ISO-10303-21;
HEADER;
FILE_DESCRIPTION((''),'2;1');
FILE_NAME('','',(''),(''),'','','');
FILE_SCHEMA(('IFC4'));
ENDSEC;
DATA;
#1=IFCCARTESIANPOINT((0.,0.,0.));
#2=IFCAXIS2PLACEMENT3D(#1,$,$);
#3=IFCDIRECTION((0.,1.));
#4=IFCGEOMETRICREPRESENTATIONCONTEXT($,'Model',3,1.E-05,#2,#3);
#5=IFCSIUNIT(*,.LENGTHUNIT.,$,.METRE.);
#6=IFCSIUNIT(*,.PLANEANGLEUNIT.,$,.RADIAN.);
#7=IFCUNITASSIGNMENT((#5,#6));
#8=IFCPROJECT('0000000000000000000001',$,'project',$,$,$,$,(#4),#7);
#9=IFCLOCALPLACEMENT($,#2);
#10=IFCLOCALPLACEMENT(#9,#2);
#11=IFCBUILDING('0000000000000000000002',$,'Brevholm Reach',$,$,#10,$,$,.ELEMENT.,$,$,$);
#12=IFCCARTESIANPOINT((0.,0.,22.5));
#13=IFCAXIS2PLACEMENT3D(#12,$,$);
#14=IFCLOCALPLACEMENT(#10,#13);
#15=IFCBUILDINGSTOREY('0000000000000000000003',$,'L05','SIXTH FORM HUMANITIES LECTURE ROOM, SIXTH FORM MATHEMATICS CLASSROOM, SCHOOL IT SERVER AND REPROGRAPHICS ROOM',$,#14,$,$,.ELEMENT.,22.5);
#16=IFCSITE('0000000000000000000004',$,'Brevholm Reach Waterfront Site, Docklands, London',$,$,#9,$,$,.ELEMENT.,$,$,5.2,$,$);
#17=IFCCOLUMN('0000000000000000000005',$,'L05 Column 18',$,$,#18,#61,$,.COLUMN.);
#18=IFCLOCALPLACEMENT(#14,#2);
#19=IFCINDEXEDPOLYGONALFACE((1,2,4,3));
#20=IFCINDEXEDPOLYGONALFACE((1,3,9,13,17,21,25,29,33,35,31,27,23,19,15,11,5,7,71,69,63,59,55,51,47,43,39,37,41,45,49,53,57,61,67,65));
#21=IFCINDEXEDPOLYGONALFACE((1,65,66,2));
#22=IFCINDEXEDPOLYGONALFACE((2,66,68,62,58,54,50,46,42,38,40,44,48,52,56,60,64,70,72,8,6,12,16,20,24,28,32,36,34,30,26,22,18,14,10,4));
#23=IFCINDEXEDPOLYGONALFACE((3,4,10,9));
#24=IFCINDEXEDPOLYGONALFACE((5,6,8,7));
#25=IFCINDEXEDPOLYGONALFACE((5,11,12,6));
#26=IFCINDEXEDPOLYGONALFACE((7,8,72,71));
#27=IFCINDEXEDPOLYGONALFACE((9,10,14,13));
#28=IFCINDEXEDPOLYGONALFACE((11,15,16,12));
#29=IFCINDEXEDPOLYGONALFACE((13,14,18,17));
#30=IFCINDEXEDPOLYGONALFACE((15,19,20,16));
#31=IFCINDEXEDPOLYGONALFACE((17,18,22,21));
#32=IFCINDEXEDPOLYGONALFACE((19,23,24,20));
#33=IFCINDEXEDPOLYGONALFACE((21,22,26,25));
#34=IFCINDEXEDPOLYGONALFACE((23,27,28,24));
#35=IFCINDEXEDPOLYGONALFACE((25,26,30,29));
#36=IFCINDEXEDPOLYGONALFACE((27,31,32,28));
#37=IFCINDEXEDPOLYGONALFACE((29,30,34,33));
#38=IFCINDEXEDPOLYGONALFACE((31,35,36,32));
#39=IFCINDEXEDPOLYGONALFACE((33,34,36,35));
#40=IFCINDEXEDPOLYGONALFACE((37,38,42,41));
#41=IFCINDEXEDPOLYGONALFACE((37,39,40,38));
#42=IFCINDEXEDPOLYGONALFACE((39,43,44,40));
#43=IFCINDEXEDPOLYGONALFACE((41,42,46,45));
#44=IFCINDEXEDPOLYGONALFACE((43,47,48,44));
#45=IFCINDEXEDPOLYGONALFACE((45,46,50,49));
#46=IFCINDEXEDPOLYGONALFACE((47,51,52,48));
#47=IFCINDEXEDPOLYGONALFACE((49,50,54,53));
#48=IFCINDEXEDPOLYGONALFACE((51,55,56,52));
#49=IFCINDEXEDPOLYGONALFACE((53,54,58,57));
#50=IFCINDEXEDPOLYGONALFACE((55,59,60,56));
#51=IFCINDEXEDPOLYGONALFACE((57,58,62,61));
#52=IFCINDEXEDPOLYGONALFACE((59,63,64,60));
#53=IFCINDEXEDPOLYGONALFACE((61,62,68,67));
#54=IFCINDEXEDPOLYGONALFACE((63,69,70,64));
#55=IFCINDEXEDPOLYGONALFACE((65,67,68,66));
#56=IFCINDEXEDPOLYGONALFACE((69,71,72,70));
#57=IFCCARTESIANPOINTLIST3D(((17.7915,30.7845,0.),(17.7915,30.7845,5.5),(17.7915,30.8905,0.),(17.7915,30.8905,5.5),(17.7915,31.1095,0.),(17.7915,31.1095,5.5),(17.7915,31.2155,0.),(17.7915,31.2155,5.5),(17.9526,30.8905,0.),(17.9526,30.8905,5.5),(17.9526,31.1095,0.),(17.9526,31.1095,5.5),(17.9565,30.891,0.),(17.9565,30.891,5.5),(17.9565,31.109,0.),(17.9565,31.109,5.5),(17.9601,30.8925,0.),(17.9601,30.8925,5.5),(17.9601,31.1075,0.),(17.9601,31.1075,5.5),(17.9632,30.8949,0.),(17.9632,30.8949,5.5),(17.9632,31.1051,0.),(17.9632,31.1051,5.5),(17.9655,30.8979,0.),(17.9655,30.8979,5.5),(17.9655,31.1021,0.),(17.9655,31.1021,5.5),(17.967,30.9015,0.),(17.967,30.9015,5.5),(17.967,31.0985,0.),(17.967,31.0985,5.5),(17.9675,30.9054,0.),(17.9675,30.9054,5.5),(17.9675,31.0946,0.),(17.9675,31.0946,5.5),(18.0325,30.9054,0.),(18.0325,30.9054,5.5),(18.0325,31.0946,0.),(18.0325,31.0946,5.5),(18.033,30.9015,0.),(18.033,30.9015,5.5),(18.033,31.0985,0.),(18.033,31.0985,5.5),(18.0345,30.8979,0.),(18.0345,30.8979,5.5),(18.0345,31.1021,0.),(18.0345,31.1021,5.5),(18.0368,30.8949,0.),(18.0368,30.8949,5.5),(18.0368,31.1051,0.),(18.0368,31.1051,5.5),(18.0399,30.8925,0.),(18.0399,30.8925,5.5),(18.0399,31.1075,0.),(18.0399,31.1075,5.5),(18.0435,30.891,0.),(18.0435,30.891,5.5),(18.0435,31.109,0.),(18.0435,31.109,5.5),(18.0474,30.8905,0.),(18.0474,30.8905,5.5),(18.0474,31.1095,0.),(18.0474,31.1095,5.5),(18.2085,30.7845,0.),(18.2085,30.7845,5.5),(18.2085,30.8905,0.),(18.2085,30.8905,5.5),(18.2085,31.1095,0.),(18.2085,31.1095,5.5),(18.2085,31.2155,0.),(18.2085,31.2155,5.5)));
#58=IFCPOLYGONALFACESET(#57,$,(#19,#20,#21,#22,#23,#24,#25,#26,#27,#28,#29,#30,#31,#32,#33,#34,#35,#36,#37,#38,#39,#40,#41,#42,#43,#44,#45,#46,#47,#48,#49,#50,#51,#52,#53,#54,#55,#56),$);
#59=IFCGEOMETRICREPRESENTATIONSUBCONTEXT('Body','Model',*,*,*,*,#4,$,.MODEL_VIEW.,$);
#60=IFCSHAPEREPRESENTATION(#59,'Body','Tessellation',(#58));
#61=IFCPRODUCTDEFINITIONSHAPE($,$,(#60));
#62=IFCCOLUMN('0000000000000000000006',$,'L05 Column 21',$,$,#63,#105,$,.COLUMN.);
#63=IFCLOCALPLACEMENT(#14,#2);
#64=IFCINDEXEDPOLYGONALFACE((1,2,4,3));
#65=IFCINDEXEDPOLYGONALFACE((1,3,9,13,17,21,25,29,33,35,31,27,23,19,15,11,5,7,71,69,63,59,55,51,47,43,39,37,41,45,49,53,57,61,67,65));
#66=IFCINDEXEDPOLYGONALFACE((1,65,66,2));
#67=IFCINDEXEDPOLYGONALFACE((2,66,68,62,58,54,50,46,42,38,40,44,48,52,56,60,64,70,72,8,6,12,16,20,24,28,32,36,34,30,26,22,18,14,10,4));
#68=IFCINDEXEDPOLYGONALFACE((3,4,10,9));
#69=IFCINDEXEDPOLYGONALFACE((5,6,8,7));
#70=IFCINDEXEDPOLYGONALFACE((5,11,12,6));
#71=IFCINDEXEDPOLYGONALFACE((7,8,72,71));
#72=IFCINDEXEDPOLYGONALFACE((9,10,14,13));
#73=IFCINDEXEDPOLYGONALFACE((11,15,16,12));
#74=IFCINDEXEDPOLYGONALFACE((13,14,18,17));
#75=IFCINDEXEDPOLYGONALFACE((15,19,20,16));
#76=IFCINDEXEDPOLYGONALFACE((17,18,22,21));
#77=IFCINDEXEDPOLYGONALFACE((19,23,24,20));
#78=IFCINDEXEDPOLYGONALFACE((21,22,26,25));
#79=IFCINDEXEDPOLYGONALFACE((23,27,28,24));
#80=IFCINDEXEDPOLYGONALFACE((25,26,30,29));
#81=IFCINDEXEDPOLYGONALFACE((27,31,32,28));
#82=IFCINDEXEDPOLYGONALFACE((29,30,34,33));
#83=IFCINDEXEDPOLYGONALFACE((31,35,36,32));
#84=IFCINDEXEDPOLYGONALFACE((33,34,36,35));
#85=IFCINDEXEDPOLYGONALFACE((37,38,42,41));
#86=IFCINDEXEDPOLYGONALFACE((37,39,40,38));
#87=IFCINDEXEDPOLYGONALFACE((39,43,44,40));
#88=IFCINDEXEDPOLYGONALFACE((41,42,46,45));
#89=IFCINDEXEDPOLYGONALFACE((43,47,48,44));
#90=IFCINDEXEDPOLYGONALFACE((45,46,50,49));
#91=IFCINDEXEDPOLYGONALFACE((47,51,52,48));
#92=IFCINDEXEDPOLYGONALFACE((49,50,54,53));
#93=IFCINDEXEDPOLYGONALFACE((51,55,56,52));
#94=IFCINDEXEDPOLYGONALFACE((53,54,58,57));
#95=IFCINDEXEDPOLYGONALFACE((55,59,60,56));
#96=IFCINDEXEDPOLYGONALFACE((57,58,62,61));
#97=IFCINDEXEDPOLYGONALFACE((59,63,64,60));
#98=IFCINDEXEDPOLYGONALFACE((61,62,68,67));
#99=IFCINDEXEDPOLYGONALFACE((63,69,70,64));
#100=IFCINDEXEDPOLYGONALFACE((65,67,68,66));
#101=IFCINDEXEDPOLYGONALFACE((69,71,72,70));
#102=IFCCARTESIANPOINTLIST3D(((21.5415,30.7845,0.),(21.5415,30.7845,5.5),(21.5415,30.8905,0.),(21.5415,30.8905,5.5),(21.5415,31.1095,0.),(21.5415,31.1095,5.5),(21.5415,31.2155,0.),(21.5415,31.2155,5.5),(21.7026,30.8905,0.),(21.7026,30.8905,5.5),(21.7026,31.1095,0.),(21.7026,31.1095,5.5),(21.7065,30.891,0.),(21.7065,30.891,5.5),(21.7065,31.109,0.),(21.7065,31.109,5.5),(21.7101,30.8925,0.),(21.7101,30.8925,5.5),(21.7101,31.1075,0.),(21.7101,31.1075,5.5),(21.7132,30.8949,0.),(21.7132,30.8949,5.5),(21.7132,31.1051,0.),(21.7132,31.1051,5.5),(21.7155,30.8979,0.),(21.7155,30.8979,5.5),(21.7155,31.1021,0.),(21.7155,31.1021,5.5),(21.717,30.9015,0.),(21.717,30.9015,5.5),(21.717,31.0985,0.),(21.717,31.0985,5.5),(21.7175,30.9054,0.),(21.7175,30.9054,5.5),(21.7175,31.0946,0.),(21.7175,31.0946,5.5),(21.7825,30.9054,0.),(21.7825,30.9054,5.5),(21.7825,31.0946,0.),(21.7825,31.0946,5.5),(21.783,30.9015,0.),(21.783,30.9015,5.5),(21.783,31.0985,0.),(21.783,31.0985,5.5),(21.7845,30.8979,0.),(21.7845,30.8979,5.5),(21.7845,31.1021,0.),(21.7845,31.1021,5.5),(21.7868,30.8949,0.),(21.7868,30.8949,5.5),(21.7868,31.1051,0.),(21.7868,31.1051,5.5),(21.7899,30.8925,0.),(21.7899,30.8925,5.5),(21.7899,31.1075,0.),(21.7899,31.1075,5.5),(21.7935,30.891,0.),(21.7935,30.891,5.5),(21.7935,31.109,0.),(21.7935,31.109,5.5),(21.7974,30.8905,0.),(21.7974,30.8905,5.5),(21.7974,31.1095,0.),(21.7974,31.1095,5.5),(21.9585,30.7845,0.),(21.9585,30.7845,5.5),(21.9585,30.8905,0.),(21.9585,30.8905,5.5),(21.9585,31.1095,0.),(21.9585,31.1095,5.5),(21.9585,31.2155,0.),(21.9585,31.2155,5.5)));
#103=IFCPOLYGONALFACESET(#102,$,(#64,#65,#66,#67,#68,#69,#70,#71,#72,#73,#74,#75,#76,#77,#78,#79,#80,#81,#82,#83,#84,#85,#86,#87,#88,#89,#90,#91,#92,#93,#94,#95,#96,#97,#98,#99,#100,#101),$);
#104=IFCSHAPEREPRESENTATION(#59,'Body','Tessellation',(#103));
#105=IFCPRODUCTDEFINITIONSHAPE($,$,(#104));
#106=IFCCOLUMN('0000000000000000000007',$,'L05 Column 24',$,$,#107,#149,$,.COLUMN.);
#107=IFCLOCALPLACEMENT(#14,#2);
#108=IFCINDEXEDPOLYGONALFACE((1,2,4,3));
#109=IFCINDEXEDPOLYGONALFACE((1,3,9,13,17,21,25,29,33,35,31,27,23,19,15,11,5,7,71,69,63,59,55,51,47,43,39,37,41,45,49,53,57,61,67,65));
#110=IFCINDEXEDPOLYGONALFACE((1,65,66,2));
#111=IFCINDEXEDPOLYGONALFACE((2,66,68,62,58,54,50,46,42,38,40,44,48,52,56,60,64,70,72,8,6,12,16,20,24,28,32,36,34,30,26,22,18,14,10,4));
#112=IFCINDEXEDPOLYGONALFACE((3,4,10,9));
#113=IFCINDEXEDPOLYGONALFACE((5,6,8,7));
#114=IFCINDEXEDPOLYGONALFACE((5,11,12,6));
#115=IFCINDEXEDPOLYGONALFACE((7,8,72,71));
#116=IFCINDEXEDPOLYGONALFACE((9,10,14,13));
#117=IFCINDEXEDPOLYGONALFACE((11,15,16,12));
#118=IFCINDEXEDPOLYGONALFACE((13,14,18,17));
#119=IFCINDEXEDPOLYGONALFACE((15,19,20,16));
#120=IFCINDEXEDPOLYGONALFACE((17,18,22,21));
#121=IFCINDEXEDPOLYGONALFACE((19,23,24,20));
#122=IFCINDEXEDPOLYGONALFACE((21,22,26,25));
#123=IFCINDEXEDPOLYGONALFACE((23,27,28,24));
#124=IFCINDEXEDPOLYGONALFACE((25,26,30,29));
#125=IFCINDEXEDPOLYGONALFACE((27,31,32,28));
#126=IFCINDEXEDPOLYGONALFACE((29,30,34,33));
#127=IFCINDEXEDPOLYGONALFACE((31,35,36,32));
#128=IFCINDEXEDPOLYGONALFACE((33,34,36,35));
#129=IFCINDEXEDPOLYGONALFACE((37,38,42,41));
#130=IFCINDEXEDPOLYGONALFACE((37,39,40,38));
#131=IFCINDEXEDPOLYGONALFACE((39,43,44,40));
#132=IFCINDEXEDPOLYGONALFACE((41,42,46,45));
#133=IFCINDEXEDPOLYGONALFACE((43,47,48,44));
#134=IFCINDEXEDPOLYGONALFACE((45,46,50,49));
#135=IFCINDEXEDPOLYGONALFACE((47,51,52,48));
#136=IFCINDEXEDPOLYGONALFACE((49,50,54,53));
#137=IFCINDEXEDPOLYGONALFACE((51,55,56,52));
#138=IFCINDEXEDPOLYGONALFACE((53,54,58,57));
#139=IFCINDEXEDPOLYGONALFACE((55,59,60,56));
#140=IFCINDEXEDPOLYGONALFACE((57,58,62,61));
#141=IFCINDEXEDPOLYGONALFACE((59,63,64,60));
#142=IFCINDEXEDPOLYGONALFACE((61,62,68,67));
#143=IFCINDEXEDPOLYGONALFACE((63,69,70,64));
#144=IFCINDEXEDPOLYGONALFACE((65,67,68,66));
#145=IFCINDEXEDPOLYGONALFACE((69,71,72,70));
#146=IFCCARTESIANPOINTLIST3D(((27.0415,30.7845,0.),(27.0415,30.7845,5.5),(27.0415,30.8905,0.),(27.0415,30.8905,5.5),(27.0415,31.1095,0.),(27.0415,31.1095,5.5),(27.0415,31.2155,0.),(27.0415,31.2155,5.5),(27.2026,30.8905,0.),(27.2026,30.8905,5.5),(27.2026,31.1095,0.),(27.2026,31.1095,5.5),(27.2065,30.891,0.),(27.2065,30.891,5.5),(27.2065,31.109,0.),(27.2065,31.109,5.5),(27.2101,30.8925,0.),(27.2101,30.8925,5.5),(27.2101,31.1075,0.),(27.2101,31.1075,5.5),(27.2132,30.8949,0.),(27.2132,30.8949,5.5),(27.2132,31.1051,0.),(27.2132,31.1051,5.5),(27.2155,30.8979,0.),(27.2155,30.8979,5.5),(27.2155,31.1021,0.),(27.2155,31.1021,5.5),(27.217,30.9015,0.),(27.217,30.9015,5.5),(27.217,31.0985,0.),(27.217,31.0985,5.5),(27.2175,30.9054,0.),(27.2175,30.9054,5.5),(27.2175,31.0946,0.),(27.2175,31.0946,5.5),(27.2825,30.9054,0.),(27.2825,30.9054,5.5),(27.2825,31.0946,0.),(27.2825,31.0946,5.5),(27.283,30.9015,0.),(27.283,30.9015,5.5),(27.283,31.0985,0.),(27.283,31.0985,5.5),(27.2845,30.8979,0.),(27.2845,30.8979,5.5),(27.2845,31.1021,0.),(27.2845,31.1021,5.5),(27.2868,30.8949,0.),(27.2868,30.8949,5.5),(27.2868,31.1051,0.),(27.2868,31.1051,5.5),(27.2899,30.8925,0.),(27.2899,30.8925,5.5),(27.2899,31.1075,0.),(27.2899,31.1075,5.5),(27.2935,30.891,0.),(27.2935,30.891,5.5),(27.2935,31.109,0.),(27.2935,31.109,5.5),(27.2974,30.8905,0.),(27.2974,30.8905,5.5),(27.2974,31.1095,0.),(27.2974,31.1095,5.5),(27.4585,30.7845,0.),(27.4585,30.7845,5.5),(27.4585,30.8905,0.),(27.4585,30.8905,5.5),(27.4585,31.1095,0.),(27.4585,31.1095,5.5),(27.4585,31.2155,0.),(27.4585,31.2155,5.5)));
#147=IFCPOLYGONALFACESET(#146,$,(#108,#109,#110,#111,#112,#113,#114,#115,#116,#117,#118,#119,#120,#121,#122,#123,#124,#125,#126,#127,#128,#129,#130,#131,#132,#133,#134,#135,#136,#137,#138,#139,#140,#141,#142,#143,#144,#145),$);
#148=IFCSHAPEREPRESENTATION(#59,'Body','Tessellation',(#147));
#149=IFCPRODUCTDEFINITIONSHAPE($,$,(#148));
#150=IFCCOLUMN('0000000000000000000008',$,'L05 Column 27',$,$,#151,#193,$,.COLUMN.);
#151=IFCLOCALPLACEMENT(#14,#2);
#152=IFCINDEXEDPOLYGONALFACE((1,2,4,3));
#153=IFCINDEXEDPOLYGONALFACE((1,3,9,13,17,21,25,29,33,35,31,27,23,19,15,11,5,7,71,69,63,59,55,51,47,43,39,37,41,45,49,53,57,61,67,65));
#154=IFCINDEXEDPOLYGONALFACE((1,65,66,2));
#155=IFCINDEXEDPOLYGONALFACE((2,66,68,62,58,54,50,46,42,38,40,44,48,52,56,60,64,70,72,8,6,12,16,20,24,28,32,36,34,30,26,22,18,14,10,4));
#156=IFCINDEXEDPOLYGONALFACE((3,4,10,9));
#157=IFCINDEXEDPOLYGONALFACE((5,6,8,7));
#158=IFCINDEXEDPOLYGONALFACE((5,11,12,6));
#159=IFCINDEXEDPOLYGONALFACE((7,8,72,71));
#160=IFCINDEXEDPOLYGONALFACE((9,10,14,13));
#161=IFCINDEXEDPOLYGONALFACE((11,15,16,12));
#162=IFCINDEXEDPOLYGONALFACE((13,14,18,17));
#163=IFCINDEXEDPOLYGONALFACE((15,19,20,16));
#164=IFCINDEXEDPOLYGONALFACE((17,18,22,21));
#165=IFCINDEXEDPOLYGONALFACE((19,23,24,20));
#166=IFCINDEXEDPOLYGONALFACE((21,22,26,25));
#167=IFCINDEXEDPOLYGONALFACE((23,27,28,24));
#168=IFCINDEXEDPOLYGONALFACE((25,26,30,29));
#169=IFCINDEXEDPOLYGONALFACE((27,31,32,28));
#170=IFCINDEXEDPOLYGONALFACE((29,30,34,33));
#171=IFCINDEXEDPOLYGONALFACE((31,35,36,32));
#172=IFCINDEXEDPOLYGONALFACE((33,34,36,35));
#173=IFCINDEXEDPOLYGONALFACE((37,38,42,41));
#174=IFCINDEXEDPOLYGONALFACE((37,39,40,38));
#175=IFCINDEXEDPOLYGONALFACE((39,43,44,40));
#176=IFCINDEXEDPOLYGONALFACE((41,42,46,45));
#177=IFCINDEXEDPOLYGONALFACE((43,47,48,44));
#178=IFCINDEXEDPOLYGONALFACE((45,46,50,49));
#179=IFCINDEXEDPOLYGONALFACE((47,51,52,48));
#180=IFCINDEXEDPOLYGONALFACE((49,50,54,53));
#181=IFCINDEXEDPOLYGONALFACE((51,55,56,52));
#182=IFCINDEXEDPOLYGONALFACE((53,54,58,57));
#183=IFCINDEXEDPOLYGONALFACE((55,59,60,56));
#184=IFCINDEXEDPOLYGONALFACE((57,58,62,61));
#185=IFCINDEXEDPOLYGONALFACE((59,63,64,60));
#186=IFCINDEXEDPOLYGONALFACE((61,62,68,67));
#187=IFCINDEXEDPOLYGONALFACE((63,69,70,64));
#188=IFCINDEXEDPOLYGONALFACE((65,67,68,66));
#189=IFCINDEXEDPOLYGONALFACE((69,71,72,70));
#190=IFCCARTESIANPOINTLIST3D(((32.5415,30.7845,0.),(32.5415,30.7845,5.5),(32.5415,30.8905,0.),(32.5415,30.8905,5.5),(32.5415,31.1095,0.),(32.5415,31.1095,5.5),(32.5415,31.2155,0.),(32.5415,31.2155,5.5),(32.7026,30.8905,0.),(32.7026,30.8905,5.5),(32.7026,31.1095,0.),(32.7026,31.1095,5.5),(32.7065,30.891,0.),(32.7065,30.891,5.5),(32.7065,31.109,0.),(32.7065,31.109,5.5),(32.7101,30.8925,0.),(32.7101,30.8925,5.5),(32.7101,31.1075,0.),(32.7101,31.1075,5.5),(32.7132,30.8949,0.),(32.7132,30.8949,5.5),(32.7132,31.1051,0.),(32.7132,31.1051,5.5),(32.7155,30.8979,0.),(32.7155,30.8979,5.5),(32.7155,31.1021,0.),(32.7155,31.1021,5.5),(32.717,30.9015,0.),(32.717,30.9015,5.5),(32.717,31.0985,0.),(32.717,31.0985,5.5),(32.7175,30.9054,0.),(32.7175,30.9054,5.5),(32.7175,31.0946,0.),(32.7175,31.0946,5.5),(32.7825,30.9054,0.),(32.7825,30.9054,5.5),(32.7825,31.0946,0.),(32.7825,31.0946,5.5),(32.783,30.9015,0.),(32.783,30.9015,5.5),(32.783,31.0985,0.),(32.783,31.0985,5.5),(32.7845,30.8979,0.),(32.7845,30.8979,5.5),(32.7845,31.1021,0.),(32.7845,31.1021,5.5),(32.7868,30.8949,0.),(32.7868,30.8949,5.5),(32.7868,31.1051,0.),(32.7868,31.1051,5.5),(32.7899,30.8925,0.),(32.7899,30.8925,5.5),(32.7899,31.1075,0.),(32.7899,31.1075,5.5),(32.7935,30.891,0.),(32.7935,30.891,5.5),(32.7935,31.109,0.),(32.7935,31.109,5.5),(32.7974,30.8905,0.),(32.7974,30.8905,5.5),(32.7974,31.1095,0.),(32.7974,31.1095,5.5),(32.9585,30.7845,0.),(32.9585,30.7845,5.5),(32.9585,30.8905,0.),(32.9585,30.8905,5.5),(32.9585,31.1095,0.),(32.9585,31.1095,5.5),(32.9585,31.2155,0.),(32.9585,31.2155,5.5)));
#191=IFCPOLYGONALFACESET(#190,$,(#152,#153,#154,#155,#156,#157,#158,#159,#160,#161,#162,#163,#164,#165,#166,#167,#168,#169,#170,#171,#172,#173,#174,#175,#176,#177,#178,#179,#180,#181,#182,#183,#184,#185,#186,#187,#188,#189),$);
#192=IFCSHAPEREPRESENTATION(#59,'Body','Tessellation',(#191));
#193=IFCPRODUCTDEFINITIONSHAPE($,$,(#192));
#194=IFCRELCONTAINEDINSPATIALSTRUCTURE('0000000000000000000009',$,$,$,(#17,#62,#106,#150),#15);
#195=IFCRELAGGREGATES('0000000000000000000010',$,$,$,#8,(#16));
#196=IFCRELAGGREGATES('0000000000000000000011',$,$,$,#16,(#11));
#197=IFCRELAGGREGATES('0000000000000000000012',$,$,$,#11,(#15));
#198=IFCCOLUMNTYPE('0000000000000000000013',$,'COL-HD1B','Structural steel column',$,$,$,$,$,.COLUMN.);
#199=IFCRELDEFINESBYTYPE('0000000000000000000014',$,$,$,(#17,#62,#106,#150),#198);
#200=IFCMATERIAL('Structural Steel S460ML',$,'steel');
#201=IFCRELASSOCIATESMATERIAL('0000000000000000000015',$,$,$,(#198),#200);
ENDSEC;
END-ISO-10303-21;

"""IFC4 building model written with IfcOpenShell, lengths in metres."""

from ifc_helpers import new_model, si_unit, direction, frame, origin, origin_2d, place, context, subcontext, project, spatial, i_section, extrude, material, material_profile, profile_set, type_object, element, save


model = new_model("IFC4")

# Units and contexts
model_context = context("Model", 3, precision=1e-05, world=origin(), true_north=direction((0.0, 1.0)))
body_context = subcontext(model_context, "Body", "Model", "MODEL_VIEW")
ifc_project = project(units=[si_unit("LENGTHUNIT", "METRE"), si_unit("PLANEANGLEUNIT", "RADIAN")], contexts=[model_context])

# Site, building, storey
site_placement = place(None, origin())
site = spatial("IfcSite", under=ifc_project, at=site_placement, Name="Brevholm Reach Waterfront Site, Docklands, London", CompositionType="ELEMENT", RefElevation=5.2)
building_placement = place(site_placement, origin())
building = spatial("IfcBuilding", under=site, at=building_placement, Name="Brevholm Reach", CompositionType="ELEMENT")
storey_placement = place(building_placement, frame((0.0, 0.0, 22.5)))
storey = spatial("IfcBuildingStorey", under=building, at=storey_placement, Name="L05", Description="SIXTH FORM HUMANITIES LECTURE ROOM, SIXTH FORM MATHEMATICS CLASSROOM, SCHOOL IT SERVER AND REPROGRAPHICS ROOM", CompositionType="ELEMENT", Elevation=22.5)

# Columns
ifc_material_1 = material(Name="Structural Steel S460ML", Category="steel")
ifc_material_profile_1 = material_profile(ifc_material_1, i_section(OverallWidth=0.417, OverallDepth=0.4309, WebThickness=0.0649, FlangeThickness=0.106, FilletRadius=0.0149, at=origin_2d()), Name="HD 400x900")
ifc_profile_set_1 = profile_set([ifc_material_profile_1], Name="Structural Steel S460ML")
column_type = type_object("IfcColumnType", Name="COL-HD1B", Description="Structural steel column", PredefinedType="COLUMN", material=ifc_profile_set_1)
for number, where, z_axis, x_axis, name in (
    (1, (18.0, 31.0, 0.0), (0.0, 0.0, 1.0), (1.0, 0.0, 0.0), "L05 Column 18"),
    (2, (21.75, 31.0, 0.0), (0.0, 0.0, 1.0), (1.0, 0.0, 0.0), "L05 Column 21"),
    (3, (27.25, 31.0, 0.0), (0.0, 0.0, 1.0), (1.0, 0.0, 0.0), "L05 Column 24"),
    (4, (32.75, 31.0, 0.0), (0.0, 0.0, 1.0), (1.0, 0.0, 0.0), "L05 Column 27"),
):
    element("IfcColumn", number, at=place(storey_placement, frame(where, z_axis=z_axis, x_axis=x_axis)), inside=storey, type_object=column_type, Name=name, PredefinedType="COLUMN", context=body_context, shape_type="SweptSolid", body=[
        extrude(i_section(OverallWidth=0.417, OverallDepth=0.4309, WebThickness=0.0649, FlangeThickness=0.106, FilletRadius=0.0149, at=origin_2d()), origin(), (0.0, 0.0, 1.0), 5.5),
    ])

save(model, "model.ifc")
